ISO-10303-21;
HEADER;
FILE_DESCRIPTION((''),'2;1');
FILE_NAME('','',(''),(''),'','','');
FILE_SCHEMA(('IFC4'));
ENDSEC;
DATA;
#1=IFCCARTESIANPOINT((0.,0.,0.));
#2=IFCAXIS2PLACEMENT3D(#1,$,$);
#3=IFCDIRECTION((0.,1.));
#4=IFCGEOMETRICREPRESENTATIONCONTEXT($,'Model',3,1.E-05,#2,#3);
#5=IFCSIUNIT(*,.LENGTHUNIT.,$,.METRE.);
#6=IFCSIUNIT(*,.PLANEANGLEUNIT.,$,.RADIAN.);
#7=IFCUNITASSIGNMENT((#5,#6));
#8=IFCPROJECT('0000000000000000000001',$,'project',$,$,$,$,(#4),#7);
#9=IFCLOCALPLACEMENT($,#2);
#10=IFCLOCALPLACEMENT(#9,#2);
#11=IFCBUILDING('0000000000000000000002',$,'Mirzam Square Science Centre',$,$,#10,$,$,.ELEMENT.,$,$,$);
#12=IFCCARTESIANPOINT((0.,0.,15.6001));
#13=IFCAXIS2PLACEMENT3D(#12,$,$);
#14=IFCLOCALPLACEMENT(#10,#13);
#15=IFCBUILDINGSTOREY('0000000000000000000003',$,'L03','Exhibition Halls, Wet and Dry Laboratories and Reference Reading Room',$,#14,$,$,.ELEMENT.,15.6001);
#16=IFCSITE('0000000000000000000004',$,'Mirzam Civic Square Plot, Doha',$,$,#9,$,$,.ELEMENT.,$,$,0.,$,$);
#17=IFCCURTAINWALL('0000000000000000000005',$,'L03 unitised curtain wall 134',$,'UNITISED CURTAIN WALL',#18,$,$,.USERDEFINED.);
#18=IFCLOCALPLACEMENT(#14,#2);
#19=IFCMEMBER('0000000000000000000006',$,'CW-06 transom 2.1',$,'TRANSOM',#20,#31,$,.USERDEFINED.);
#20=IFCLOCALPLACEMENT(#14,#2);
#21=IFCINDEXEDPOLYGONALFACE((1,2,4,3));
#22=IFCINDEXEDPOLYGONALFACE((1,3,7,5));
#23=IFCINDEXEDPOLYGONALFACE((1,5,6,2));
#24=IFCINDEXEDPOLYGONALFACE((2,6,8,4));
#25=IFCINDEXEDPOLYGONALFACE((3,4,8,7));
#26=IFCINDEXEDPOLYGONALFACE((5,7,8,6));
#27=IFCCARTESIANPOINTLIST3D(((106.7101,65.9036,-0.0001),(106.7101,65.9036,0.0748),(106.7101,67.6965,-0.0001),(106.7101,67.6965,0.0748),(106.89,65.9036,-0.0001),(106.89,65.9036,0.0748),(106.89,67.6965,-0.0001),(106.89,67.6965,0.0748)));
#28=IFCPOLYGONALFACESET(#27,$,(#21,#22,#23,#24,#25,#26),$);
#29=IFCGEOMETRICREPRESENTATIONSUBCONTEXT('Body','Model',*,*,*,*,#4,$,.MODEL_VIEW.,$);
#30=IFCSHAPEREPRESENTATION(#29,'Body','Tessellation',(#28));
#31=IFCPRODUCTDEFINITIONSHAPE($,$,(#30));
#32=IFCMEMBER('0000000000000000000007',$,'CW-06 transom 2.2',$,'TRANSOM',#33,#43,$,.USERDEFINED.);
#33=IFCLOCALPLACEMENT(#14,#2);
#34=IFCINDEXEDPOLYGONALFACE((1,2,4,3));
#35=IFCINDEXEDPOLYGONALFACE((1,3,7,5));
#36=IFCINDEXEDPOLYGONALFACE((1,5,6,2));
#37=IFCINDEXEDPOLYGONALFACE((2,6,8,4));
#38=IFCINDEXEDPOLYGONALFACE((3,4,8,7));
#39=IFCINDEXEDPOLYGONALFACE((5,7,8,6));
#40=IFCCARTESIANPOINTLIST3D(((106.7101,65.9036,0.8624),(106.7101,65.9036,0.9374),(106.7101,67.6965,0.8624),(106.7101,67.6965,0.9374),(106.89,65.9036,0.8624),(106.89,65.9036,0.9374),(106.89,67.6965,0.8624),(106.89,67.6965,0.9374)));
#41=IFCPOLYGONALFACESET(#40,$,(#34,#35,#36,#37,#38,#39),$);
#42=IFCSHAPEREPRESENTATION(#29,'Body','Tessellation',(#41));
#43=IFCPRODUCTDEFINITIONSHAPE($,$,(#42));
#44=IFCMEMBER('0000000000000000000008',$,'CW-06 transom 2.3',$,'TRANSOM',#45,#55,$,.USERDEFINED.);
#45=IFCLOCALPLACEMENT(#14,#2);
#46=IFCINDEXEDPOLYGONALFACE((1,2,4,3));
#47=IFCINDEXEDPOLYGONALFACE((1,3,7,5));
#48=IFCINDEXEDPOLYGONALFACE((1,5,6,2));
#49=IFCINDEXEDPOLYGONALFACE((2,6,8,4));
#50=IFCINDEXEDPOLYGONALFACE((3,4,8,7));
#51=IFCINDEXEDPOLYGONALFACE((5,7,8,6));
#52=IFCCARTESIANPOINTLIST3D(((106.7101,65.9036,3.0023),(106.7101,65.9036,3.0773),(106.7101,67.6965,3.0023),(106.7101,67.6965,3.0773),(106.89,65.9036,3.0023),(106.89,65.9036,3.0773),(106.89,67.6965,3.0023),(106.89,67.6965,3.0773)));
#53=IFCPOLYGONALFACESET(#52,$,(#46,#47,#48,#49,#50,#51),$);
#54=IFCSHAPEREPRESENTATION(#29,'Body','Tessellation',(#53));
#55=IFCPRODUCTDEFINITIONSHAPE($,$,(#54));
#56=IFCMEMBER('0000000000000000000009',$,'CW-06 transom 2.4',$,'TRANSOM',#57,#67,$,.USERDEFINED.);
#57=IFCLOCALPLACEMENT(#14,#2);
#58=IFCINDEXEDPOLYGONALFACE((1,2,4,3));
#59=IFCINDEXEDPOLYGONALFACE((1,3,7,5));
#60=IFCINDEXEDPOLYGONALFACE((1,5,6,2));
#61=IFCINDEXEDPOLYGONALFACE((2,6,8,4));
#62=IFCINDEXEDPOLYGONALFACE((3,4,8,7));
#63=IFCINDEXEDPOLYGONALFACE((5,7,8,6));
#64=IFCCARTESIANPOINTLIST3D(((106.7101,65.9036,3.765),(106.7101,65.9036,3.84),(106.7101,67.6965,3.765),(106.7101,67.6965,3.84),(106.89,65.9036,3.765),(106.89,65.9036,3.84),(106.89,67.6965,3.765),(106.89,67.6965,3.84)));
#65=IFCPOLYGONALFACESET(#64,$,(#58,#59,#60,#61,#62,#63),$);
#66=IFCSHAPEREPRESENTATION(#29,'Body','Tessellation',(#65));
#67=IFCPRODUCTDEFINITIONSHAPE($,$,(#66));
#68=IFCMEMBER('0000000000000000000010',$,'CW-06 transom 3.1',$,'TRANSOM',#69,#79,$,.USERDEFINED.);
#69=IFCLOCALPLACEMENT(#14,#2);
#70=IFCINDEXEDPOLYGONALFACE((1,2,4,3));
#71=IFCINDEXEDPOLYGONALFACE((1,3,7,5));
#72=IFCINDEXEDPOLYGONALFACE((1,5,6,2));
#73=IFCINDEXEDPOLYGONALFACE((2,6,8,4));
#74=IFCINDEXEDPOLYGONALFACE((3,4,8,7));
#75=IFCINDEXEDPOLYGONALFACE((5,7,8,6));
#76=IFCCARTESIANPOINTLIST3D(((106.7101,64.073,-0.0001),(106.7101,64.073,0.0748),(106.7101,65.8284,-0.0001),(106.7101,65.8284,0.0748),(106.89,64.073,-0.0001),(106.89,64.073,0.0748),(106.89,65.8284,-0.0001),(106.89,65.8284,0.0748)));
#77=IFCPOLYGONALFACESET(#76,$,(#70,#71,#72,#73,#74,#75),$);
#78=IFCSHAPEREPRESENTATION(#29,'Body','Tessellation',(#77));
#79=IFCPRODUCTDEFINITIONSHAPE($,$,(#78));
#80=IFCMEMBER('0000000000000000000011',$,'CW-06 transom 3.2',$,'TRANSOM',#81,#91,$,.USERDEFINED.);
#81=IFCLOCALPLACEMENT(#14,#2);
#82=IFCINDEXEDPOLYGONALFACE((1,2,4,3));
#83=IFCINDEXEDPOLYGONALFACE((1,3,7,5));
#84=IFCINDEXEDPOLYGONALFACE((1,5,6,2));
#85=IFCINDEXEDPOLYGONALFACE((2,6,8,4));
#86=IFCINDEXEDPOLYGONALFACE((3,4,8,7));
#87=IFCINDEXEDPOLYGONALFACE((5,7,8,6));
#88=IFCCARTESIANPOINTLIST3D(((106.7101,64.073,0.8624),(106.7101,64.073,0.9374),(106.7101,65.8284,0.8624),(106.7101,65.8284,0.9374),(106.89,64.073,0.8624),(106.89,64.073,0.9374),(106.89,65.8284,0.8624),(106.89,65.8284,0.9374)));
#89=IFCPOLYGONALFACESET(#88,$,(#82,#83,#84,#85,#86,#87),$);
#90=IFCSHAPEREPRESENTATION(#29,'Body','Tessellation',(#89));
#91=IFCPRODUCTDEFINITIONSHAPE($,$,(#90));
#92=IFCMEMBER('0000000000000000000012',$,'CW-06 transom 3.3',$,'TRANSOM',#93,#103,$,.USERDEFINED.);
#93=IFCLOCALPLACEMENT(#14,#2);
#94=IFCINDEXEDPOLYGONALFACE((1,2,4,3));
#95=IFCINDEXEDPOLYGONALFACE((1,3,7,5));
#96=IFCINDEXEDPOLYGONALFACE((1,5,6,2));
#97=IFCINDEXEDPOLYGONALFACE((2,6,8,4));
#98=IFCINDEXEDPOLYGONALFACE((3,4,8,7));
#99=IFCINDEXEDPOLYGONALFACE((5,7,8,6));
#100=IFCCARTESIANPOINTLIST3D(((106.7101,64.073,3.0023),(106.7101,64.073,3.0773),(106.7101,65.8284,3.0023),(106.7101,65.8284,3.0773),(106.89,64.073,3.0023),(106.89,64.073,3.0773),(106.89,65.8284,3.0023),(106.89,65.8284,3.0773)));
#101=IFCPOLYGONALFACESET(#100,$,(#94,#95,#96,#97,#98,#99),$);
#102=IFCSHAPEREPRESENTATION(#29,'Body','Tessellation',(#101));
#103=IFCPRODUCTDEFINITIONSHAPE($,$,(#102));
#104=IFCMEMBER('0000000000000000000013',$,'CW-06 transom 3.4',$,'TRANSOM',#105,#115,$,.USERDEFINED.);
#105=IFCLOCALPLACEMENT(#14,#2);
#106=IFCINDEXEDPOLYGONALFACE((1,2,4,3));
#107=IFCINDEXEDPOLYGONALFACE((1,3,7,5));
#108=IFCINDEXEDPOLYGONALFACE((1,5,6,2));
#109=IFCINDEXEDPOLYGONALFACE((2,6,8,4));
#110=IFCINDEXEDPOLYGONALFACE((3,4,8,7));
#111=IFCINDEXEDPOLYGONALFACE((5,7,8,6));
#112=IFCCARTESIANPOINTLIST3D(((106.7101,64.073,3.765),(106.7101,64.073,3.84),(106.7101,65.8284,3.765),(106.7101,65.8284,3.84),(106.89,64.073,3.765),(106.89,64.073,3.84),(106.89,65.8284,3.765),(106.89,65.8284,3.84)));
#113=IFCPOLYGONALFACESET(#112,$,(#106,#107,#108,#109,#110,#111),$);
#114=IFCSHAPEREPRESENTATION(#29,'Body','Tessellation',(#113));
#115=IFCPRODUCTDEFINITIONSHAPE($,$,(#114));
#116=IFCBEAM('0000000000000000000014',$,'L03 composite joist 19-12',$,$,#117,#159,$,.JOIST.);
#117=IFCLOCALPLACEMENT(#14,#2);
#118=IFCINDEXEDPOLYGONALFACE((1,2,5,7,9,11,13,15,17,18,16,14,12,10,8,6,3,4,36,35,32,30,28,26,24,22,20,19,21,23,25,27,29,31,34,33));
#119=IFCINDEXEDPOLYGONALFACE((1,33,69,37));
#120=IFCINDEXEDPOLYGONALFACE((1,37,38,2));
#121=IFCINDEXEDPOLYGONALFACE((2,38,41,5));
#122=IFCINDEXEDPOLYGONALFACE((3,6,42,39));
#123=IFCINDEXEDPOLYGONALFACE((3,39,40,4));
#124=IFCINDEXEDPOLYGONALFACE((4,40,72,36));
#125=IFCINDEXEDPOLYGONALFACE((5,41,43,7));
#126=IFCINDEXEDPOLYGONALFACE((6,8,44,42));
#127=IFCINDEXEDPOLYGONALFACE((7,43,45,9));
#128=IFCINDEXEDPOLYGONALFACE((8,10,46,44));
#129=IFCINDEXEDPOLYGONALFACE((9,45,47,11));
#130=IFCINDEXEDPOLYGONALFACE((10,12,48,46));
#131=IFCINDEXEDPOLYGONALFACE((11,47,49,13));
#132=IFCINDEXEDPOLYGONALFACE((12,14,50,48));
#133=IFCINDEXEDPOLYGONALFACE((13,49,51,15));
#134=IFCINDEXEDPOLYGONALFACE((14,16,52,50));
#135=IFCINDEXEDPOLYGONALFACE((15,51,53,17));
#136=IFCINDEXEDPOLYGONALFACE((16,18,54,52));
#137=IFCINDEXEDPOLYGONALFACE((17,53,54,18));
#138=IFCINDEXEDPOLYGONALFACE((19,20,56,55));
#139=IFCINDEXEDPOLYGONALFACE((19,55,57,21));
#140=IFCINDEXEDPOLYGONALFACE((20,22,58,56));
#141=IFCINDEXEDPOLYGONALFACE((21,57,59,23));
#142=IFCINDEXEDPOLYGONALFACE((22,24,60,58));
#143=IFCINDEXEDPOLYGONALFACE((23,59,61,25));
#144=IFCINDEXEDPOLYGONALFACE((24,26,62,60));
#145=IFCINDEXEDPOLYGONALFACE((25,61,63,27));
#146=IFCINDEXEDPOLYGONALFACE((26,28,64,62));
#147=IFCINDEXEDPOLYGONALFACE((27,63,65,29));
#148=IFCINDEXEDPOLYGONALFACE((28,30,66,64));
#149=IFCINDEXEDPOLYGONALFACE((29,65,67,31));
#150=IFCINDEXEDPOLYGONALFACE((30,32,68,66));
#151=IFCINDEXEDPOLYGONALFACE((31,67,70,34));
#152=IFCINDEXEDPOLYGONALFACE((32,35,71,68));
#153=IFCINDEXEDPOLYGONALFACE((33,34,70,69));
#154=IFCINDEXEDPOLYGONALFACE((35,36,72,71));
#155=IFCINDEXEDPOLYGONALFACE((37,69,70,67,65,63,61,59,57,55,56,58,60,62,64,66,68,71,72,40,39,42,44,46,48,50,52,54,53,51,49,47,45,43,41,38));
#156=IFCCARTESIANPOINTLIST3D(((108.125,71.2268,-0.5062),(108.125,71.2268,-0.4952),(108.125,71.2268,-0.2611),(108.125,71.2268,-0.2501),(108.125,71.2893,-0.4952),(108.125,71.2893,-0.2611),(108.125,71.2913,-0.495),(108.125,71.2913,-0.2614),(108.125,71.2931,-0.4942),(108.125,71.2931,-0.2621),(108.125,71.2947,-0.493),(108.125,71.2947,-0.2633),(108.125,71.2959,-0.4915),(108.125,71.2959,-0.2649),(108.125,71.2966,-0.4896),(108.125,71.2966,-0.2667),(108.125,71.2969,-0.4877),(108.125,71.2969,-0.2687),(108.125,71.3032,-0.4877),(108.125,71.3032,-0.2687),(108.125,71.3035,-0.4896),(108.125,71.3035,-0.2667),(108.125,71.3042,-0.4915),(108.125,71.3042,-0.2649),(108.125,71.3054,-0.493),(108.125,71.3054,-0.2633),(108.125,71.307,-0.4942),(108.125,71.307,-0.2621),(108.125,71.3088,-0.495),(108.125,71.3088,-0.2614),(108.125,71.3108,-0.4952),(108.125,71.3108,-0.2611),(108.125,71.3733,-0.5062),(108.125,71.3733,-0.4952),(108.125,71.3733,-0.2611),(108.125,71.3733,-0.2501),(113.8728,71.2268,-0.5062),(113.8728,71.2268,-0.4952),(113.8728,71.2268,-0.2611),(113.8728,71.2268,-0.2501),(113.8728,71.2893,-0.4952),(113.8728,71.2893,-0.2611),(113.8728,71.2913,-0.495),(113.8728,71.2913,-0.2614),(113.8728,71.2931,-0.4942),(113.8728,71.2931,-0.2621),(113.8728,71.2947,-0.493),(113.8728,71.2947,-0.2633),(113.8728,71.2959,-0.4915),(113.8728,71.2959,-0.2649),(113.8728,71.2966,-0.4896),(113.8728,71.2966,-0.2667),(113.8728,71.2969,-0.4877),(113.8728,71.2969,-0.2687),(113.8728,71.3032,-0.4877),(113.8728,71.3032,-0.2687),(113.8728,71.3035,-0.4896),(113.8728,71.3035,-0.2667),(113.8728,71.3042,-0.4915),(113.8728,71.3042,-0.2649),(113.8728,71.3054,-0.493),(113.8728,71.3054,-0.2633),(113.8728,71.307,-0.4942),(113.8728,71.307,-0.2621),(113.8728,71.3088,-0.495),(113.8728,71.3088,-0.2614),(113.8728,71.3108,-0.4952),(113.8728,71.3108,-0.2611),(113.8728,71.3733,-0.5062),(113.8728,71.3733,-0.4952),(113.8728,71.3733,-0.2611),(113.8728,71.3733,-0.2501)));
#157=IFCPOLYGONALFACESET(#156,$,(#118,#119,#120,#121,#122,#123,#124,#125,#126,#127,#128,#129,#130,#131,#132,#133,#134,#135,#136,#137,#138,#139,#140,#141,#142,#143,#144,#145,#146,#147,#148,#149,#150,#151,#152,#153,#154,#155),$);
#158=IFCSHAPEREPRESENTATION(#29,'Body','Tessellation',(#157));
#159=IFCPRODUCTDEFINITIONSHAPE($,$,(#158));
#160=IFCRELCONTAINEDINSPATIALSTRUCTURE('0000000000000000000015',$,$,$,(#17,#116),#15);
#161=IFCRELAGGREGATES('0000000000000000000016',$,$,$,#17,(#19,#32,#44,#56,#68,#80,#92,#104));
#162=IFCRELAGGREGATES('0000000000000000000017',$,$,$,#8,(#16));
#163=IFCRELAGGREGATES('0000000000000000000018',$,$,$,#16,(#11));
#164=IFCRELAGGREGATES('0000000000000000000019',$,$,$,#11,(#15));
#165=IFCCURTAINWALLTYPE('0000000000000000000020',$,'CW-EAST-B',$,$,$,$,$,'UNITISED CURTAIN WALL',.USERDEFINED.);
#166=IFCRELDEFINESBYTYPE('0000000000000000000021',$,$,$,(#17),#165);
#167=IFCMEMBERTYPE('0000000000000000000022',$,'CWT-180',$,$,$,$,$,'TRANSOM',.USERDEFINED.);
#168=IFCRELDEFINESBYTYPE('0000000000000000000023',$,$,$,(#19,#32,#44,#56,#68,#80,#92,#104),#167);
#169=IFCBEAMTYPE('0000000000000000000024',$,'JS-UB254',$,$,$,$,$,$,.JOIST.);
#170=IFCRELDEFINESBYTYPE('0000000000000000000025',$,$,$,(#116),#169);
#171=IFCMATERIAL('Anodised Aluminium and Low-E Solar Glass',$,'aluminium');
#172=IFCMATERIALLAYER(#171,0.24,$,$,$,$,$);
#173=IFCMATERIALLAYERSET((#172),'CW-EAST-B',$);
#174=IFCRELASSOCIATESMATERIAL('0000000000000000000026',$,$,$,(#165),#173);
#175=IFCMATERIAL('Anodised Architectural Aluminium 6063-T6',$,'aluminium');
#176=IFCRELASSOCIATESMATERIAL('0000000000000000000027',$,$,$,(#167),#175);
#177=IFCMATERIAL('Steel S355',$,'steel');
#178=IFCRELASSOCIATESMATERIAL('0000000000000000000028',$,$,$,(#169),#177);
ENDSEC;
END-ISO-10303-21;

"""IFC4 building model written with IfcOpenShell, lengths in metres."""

from ifc_helpers import new_model, si_unit, direction, frame, origin, origin_2d, place, context, subcontext, project, spatial, rectangle, i_section, extrude, material, layer, layer_set, material_profile, profile_set, type_object, element, aggregate, save


model = new_model("IFC4")

# Units and contexts
model_context = context("Model", 3, precision=1e-05, world=origin(), true_north=direction((0.0, 1.0)))
body_context = subcontext(model_context, "Body", "Model", "MODEL_VIEW")
ifc_project = project(units=[si_unit("LENGTHUNIT", "METRE"), si_unit("PLANEANGLEUNIT", "RADIAN")], contexts=[model_context])

# Site, building, storey
site_placement = place(None, origin())
site = spatial("IfcSite", under=ifc_project, at=site_placement, Name="Mirzam Civic Square Plot, Doha", CompositionType="ELEMENT", RefElevation=0.0)
building_placement = place(site_placement, origin())
building = spatial("IfcBuilding", under=site, at=building_placement, Name="Mirzam Square Science Centre", CompositionType="ELEMENT")
storey_placement = place(building_placement, frame((0.0, 0.0, 15.6001)))
storey = spatial("IfcBuildingStorey", under=building, at=storey_placement, Name="L03", Description="Exhibition Halls, Wet and Dry Laboratories and Reference Reading Room", CompositionType="ELEMENT", Elevation=15.6001)

# Shared definitions
ifc_material_1 = material(Name="Steel S355", Category="steel")

# Curtain wall, members
ifc_material_2 = material(Name="Anodised Aluminium and Low-E Solar Glass", Category="aluminium")
ifc_layer_1 = layer(ifc_material_2, 0.24)
ifc_layer_set_1 = layer_set([ifc_layer_1], Name="CW-EAST-B")
curtain_wall_type = type_object("IfcCurtainWallType", Name="CW-EAST-B", ElementType="UNITISED CURTAIN WALL", PredefinedType="USERDEFINED", material=ifc_layer_set_1)
curtain_wall_placement = place(storey_placement, origin())
curtain_wall = element("IfcCurtainWall", 1, at=curtain_wall_placement, inside=storey, type_object=curtain_wall_type, Name="L03 unitised curtain wall 134", ObjectType="UNITISED CURTAIN WALL", PredefinedType="USERDEFINED")
ifc_material_3 = material(Name="Anodised Architectural Aluminium 6063-T6", Category="aluminium")
ifc_material_profile_1 = material_profile(ifc_material_3, rectangle(XDim=0.1799, YDim=0.075, at=origin_2d()), Name="ALU-TRAN-180x75x5")
ifc_profile_set_1 = profile_set([ifc_material_profile_1], Name="Anodised Architectural Aluminium 6063-T6")
member_type_1 = type_object("IfcMemberType", Name="CWT-180", ElementType="TRANSOM", PredefinedType="USERDEFINED", material=ifc_profile_set_1)
member_1_placement = place(storey_placement, frame((106.8, 67.6965, 0.0374), z_axis=(0.0, -1.0, 0.0), x_axis=(1.0, 0.0, 0.0)))
member_1 = element("IfcMember", 2, at=member_1_placement, type_object=member_type_1, Name="CW-06 transom 2.1", ObjectType="TRANSOM", PredefinedType="USERDEFINED", context=body_context, shape_type="SweptSolid", body=[
    extrude(rectangle(XDim=0.1799, YDim=0.075, at=origin_2d()), origin(), (0.0, 0.0, 1.0), 1.793),
])
member_2_placement = place(storey_placement, frame((106.8, 67.6965, 0.8999), z_axis=(0.0, -1.0, 0.0), x_axis=(1.0, 0.0, 0.0)))
member_2 = element("IfcMember", 3, at=member_2_placement, type_object=member_type_1, Name="CW-06 transom 2.2", ObjectType="TRANSOM", PredefinedType="USERDEFINED", context=body_context, shape_type="SweptSolid", body=[
    extrude(rectangle(XDim=0.1799, YDim=0.075, at=origin_2d()), origin(), (0.0, 0.0, 1.0), 1.793),
])
member_3_placement = place(storey_placement, frame((106.8, 67.6965, 3.0398), z_axis=(0.0, -1.0, 0.0), x_axis=(1.0, 0.0, 0.0)))
member_3 = element("IfcMember", 4, at=member_3_placement, type_object=member_type_1, Name="CW-06 transom 2.3", ObjectType="TRANSOM", PredefinedType="USERDEFINED", context=body_context, shape_type="SweptSolid", body=[
    extrude(rectangle(XDim=0.1799, YDim=0.075, at=origin_2d()), origin(), (0.0, 0.0, 1.0), 1.793),
])
member_4_placement = place(storey_placement, frame((106.8, 67.6965, 3.8025), z_axis=(0.0, -1.0, 0.0), x_axis=(1.0, 0.0, 0.0)))
member_4 = element("IfcMember", 5, at=member_4_placement, type_object=member_type_1, Name="CW-06 transom 2.4", ObjectType="TRANSOM", PredefinedType="USERDEFINED", context=body_context, shape_type="SweptSolid", body=[
    extrude(rectangle(XDim=0.1799, YDim=0.075, at=origin_2d()), origin(), (0.0, 0.0, 1.0), 1.793),
])
member_5_placement = place(storey_placement, frame((106.8, 65.8284, 0.0374), z_axis=(0.0, -1.0, 0.0), x_axis=(1.0, 0.0, 0.0)))
member_5 = element("IfcMember", 6, at=member_5_placement, type_object=member_type_1, Name="CW-06 transom 3.1", ObjectType="TRANSOM", PredefinedType="USERDEFINED", context=body_context, shape_type="SweptSolid", body=[
    extrude(rectangle(XDim=0.1799, YDim=0.075, at=origin_2d()), origin(), (0.0, 0.0, 1.0), 1.7554),
])
member_6_placement = place(storey_placement, frame((106.8, 65.8284, 0.8999), z_axis=(0.0, -1.0, 0.0), x_axis=(1.0, 0.0, 0.0)))
member_6 = element("IfcMember", 7, at=member_6_placement, type_object=member_type_1, Name="CW-06 transom 3.2", ObjectType="TRANSOM", PredefinedType="USERDEFINED", context=body_context, shape_type="SweptSolid", body=[
    extrude(rectangle(XDim=0.1799, YDim=0.075, at=origin_2d()), origin(), (0.0, 0.0, 1.0), 1.7554),
])
member_7_placement = place(storey_placement, frame((106.8, 65.8284, 3.0398), z_axis=(0.0, -1.0, 0.0), x_axis=(1.0, 0.0, 0.0)))
member_7 = element("IfcMember", 8, at=member_7_placement, type_object=member_type_1, Name="CW-06 transom 3.3", ObjectType="TRANSOM", PredefinedType="USERDEFINED", context=body_context, shape_type="SweptSolid", body=[
    extrude(rectangle(XDim=0.1799, YDim=0.075, at=origin_2d()), origin(), (0.0, 0.0, 1.0), 1.7554),
])
member_8_placement = place(storey_placement, frame((106.8, 65.8284, 3.8025), z_axis=(0.0, -1.0, 0.0), x_axis=(1.0, 0.0, 0.0)))
member_8 = element("IfcMember", 9, at=member_8_placement, type_object=member_type_1, Name="CW-06 transom 3.4", ObjectType="TRANSOM", PredefinedType="USERDEFINED", context=body_context, shape_type="SweptSolid", body=[
    extrude(rectangle(XDim=0.1799, YDim=0.075, at=origin_2d()), origin(), (0.0, 0.0, 1.0), 1.7554),
])

# Beam
ifc_material_profile_2 = material_profile(ifc_material_1, i_section(OverallWidth=0.1465, OverallDepth=0.2561, WebThickness=0.0063, FlangeThickness=0.011, FilletRadius=0.0076, at=origin_2d()), Name="254x146x37UB")
ifc_profile_set_2 = profile_set([ifc_material_profile_2], Name="Steel S355")
beam_type_1 = type_object("IfcBeamType", Name="JS-UB254", PredefinedType="JOIST", material=ifc_profile_set_2)
beam_1_placement = place(storey_placement, frame((108.125, 71.3, -0.3782), z_axis=(1.0, 0.0, 0.0), x_axis=(0.0, 1.0, 0.0)))
element("IfcBeam", 10, at=beam_1_placement, inside=storey, type_object=beam_type_1, Name="L03 composite joist 19-12", PredefinedType="JOIST", context=body_context, shape_type="SweptSolid", body=[
    extrude(i_section(OverallWidth=0.1465, OverallDepth=0.2561, WebThickness=0.0063, FlangeThickness=0.011, FilletRadius=0.0076, at=origin_2d()), origin(), (0.0, 0.0, 1.0), 5.7478),
])

aggregate(curtain_wall, [member_1, member_2, member_3, member_4, member_5, member_6, member_7, member_8])

save(model, "model.ifc")
